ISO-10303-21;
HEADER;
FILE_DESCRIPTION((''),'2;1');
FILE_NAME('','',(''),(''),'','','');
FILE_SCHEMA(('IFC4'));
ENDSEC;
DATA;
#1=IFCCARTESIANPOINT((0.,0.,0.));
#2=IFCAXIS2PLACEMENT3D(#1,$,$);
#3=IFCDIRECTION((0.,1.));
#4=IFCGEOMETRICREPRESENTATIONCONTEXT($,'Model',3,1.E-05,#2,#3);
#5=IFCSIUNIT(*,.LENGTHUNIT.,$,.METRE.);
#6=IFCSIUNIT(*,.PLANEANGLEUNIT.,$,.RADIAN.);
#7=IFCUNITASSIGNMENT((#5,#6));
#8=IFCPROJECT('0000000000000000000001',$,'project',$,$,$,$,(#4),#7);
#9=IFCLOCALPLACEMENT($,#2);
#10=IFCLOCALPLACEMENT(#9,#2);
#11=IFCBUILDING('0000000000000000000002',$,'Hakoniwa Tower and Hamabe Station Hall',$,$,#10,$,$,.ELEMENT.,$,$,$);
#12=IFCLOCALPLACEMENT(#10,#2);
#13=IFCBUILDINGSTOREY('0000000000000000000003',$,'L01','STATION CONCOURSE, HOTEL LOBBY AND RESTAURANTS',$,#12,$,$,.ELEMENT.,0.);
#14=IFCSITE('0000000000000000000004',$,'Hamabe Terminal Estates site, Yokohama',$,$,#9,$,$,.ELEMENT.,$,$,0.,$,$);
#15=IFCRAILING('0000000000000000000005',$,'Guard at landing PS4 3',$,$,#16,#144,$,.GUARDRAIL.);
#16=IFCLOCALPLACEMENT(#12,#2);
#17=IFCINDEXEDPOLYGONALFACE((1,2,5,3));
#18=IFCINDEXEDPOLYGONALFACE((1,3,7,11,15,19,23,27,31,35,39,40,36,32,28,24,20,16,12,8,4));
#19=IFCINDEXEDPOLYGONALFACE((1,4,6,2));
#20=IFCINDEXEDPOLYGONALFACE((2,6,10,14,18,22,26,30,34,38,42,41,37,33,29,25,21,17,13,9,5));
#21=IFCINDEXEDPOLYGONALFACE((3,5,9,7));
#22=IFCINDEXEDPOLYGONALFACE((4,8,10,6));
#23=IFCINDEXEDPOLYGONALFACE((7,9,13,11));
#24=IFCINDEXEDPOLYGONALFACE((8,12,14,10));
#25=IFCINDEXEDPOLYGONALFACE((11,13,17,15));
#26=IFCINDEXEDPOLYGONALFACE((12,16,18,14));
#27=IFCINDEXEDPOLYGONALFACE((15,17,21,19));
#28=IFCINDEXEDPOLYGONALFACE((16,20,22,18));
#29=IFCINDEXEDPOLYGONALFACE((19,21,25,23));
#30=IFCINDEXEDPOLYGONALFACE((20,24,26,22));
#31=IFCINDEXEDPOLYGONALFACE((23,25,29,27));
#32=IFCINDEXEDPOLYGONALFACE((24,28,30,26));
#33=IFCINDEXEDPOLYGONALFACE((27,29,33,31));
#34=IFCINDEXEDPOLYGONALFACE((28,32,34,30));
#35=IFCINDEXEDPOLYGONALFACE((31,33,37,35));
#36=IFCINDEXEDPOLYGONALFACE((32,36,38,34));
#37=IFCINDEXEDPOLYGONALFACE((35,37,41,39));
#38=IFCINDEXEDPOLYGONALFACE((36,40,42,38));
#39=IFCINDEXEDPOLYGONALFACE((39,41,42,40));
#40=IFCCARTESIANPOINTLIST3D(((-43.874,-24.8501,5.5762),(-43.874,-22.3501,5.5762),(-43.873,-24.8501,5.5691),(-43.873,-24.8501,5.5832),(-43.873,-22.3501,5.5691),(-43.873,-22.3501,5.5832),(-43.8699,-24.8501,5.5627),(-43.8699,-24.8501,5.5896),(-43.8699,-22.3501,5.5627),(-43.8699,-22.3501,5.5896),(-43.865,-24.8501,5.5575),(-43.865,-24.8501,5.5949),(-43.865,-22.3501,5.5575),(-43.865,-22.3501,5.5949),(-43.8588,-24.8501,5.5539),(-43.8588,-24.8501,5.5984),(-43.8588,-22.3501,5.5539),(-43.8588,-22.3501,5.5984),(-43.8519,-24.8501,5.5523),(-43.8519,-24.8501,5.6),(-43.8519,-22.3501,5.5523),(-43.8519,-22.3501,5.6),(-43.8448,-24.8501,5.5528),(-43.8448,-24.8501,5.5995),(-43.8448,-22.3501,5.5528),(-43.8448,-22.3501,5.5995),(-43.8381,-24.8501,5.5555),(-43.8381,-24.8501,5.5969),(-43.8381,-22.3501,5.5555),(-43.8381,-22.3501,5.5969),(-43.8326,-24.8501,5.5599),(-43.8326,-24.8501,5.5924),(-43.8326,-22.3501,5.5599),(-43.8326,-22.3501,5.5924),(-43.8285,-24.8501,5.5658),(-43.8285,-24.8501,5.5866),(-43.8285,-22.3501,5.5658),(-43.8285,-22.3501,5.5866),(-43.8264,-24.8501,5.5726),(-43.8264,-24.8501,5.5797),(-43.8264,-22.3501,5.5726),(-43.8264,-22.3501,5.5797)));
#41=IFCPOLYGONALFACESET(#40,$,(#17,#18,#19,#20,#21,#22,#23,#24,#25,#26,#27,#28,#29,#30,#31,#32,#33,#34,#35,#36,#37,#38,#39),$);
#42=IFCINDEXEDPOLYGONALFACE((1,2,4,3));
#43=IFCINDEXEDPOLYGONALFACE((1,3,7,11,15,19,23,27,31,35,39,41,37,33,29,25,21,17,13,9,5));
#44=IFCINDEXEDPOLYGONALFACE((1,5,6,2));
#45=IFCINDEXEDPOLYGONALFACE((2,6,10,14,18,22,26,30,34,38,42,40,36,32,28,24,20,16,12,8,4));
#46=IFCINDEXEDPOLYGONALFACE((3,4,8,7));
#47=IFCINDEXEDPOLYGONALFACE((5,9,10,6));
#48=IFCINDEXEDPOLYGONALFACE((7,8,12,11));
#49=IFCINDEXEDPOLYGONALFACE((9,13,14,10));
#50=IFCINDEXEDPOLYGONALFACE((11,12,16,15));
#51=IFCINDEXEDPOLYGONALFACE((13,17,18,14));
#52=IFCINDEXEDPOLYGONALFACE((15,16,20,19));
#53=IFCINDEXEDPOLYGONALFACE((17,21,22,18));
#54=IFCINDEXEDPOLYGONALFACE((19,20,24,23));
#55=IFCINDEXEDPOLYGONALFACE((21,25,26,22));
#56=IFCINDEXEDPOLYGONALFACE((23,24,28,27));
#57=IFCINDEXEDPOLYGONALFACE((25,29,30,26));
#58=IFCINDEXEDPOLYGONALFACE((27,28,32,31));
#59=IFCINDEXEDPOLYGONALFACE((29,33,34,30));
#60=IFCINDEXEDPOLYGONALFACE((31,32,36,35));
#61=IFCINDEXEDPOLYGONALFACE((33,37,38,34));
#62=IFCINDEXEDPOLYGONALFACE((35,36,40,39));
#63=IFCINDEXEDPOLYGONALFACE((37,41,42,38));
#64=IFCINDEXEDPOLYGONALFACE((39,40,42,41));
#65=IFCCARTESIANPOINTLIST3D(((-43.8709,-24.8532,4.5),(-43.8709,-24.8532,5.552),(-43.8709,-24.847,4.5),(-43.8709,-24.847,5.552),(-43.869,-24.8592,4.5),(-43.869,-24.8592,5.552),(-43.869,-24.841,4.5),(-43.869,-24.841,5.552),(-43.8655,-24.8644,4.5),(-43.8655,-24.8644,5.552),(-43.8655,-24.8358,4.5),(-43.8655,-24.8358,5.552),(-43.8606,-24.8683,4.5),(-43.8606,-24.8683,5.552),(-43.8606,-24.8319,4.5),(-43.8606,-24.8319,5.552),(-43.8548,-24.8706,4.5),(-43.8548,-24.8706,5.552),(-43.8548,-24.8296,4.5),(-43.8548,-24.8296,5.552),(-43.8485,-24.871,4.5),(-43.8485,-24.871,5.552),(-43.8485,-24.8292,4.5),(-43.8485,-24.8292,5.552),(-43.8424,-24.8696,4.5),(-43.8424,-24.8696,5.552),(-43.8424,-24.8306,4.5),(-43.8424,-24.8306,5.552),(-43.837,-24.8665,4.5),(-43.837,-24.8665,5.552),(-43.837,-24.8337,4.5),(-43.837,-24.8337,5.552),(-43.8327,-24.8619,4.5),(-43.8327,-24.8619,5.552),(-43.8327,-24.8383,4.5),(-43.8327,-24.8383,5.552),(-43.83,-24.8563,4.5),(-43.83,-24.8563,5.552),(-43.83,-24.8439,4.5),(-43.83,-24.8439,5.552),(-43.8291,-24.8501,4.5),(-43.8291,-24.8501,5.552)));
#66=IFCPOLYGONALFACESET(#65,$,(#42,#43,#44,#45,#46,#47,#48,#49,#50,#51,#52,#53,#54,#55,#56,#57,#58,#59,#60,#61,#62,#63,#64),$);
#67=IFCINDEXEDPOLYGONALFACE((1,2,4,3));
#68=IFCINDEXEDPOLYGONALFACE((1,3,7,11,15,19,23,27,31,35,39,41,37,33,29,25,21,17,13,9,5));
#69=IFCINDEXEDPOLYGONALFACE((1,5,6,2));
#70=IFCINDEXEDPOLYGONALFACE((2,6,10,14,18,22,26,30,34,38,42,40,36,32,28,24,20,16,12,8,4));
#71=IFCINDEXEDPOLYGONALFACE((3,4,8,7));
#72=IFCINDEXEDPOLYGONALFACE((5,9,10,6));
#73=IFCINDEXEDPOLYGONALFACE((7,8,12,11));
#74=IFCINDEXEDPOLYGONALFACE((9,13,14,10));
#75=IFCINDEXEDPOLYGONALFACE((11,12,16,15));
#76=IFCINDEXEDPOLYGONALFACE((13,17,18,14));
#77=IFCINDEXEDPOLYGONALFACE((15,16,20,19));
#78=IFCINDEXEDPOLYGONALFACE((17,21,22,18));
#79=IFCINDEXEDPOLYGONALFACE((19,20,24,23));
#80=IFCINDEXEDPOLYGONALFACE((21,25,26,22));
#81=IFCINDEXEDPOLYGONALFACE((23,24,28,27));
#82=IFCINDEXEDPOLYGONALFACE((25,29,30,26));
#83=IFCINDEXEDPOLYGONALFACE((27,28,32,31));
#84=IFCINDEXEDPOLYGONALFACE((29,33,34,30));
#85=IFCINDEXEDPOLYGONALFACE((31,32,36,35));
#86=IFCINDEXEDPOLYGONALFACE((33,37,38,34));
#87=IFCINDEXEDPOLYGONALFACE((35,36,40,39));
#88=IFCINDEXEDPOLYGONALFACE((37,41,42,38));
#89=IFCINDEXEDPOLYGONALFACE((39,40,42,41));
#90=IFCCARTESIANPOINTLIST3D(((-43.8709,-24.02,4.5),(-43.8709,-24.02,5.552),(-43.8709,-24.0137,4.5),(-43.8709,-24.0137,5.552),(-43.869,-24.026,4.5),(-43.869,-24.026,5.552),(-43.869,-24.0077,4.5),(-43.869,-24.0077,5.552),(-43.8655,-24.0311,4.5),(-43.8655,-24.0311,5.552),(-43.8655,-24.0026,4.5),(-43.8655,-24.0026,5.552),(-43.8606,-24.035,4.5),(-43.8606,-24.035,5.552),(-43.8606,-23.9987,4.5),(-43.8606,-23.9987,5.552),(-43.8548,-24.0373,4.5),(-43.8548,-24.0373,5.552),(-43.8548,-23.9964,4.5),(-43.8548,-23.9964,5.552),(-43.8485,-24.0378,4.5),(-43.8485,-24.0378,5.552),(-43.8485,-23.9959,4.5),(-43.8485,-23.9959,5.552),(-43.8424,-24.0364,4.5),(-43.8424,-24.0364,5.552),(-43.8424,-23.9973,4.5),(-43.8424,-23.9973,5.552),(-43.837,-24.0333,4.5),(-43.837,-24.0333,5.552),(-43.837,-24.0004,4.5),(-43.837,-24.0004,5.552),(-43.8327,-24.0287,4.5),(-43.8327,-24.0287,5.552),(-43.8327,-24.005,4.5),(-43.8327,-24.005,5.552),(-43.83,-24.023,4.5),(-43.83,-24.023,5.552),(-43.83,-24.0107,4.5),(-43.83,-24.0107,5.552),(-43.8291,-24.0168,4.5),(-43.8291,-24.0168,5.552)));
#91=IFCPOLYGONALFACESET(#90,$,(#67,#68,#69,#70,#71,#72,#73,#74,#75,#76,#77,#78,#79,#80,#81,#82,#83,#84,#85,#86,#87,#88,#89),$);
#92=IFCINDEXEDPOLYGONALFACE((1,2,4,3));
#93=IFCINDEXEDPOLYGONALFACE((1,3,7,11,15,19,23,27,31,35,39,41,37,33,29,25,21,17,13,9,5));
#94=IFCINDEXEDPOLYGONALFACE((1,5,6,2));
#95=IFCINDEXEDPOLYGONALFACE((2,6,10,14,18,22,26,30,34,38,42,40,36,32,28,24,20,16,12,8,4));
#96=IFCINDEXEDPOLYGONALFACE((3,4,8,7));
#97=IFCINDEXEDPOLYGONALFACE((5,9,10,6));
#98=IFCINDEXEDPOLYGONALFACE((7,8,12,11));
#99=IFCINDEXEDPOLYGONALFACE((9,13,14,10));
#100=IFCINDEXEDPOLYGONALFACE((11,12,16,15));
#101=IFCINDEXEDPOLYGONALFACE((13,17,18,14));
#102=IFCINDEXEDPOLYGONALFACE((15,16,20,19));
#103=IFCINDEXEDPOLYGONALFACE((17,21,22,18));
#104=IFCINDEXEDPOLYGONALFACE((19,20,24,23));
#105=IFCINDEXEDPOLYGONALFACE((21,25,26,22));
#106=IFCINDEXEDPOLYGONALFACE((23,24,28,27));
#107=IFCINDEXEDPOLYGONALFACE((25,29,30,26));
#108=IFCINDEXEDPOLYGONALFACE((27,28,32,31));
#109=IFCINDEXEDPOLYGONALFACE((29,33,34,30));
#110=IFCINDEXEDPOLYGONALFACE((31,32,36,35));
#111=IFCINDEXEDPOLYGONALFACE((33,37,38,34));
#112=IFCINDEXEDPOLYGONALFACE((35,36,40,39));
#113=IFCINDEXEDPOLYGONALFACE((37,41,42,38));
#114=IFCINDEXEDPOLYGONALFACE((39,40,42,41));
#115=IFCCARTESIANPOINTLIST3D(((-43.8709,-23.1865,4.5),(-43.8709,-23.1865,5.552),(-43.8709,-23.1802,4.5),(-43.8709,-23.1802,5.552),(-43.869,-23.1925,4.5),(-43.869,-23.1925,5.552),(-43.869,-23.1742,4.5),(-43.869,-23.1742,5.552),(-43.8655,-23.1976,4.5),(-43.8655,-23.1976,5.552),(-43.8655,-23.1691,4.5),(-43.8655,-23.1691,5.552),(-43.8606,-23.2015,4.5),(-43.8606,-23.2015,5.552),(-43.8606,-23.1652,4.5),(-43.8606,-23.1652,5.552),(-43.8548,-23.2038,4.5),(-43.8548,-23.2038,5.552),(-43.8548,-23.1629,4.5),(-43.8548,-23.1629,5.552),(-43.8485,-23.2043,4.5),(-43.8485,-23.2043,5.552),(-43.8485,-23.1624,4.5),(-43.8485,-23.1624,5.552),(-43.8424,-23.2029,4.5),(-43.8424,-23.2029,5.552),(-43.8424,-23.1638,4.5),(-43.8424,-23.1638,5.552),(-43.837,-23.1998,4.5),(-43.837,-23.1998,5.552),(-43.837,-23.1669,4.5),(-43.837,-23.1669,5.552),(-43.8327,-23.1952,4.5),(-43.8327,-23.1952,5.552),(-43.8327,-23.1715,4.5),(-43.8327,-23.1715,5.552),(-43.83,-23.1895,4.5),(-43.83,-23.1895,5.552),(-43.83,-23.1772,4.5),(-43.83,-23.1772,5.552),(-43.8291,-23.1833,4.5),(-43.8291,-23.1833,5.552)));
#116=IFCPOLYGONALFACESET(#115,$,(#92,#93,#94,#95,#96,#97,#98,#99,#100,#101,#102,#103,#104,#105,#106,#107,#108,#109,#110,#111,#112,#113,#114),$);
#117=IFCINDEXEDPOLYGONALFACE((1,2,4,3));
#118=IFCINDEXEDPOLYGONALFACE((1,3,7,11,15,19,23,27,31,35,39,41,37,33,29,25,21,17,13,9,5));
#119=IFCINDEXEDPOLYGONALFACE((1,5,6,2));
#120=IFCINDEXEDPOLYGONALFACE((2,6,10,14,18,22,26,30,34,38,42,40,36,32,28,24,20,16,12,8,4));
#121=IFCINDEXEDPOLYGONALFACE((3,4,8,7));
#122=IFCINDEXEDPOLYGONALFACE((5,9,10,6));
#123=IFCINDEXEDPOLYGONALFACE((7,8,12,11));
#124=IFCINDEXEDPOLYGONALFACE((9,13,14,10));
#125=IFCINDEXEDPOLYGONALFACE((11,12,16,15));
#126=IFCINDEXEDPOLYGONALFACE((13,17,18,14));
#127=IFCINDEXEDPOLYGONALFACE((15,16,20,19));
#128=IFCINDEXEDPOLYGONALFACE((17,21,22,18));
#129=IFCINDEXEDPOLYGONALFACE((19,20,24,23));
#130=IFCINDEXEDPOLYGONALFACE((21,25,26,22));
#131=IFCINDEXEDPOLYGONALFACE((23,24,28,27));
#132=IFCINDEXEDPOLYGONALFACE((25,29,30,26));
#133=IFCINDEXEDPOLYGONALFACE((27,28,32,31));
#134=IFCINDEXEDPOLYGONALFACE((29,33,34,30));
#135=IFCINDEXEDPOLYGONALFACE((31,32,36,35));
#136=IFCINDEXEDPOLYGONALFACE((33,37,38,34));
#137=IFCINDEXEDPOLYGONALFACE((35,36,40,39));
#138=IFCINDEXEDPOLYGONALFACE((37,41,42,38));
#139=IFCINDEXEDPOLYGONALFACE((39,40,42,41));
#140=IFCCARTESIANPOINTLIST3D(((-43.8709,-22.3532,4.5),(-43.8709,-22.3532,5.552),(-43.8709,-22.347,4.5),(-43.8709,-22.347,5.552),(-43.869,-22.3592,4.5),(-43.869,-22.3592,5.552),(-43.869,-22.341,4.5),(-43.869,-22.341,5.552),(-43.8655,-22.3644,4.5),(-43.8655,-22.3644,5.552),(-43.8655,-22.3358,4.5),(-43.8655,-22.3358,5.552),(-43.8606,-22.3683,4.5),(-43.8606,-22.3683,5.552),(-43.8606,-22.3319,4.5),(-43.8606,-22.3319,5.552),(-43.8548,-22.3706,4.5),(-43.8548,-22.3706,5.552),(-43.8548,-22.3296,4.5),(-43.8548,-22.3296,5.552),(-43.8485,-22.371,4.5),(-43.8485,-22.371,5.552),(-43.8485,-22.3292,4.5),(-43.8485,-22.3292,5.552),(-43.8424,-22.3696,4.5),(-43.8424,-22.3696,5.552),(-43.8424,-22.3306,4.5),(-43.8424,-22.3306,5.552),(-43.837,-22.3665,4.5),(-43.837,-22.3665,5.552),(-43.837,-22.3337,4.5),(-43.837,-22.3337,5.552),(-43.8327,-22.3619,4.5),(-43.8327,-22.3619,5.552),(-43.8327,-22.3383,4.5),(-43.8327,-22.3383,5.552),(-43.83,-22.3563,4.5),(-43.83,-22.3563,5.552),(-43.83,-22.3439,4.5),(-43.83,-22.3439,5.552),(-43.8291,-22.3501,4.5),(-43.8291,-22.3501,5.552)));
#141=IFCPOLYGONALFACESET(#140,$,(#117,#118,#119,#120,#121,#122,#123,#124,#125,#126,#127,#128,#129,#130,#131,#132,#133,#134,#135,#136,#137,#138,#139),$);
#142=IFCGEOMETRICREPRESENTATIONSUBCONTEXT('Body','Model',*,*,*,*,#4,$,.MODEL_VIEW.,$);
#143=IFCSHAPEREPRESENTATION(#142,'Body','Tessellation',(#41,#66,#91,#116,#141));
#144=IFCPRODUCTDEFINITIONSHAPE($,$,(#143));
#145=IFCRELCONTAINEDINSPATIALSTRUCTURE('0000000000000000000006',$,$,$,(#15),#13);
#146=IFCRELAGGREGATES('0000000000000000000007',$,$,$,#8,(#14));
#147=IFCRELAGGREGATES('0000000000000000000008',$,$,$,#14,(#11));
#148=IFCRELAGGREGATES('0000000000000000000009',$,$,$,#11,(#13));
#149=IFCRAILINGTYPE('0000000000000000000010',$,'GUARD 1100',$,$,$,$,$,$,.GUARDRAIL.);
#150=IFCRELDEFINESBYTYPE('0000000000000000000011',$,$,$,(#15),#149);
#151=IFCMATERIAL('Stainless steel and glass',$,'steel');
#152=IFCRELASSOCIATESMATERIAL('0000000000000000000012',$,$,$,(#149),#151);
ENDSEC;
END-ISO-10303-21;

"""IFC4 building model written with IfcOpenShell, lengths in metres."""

from ifc_helpers import new_model, si_unit, direction, frame, origin, origin_2d, place, context, subcontext, project, spatial, circle, extrude, material, type_object, element, save


model = new_model("IFC4")

# Units and contexts
model_context = context("Model", 3, precision=1e-05, world=origin(), true_north=direction((0.0, 1.0)))
body_context = subcontext(model_context, "Body", "Model", "MODEL_VIEW")
ifc_project = project(units=[si_unit("LENGTHUNIT", "METRE"), si_unit("PLANEANGLEUNIT", "RADIAN")], contexts=[model_context])

# Site, building, storey
site_placement = place(None, origin())
site = spatial("IfcSite", under=ifc_project, at=site_placement, Name="Hamabe Terminal Estates site, Yokohama", CompositionType="ELEMENT", RefElevation=0.0)
building_placement = place(site_placement, origin())
building = spatial("IfcBuilding", under=site, at=building_placement, Name="Hakoniwa Tower and Hamabe Station Hall", CompositionType="ELEMENT")
storey_placement = place(building_placement, origin())
storey = spatial("IfcBuildingStorey", under=building, at=storey_placement, Name="L01", Description="STATION CONCOURSE, HOTEL LOBBY AND RESTAURANTS", CompositionType="ELEMENT", Elevation=0.0)

# Railing
ifc_material_1 = material(Name="Stainless steel and glass", Category="steel")
railing_type_1 = type_object("IfcRailingType", Name="GUARD 1100", PredefinedType="GUARDRAIL", material=ifc_material_1)
railing_1_placement = place(storey_placement, frame((-43.8501, -24.8501, 4.5)))
element("IfcRailing", 1, at=railing_1_placement, inside=storey, type_object=railing_type_1, Name="Guard at landing PS4 3", PredefinedType="GUARDRAIL", context=body_context, shape_type="SweptSolid", body=[
    extrude(circle(Radius=0.0239, at=origin_2d()), frame((0.0, 0.0, 1.0762), z_axis=(0.0, 1.0, 0.0), x_axis=(-1.0, 0.0, 0.0)), (0.0, 0.0, 1.0), 2.5),
    extrude(circle(Radius=0.021, at=origin_2d()), origin(), (0.0, 0.0, 1.0), 1.052),
    extrude(circle(Radius=0.021, at=origin_2d()), frame((0.0, 0.8333, 0.0)), (0.0, 0.0, 1.0), 1.052),
    extrude(circle(Radius=0.021, at=origin_2d()), frame((0.0, 1.6667, 0.0)), (0.0, 0.0, 1.0), 1.052),
    extrude(circle(Radius=0.021, at=origin_2d()), frame((0.0, 2.5, 0.0)), (0.0, 0.0, 1.0), 1.052),
])

save(model, "model.ifc")
